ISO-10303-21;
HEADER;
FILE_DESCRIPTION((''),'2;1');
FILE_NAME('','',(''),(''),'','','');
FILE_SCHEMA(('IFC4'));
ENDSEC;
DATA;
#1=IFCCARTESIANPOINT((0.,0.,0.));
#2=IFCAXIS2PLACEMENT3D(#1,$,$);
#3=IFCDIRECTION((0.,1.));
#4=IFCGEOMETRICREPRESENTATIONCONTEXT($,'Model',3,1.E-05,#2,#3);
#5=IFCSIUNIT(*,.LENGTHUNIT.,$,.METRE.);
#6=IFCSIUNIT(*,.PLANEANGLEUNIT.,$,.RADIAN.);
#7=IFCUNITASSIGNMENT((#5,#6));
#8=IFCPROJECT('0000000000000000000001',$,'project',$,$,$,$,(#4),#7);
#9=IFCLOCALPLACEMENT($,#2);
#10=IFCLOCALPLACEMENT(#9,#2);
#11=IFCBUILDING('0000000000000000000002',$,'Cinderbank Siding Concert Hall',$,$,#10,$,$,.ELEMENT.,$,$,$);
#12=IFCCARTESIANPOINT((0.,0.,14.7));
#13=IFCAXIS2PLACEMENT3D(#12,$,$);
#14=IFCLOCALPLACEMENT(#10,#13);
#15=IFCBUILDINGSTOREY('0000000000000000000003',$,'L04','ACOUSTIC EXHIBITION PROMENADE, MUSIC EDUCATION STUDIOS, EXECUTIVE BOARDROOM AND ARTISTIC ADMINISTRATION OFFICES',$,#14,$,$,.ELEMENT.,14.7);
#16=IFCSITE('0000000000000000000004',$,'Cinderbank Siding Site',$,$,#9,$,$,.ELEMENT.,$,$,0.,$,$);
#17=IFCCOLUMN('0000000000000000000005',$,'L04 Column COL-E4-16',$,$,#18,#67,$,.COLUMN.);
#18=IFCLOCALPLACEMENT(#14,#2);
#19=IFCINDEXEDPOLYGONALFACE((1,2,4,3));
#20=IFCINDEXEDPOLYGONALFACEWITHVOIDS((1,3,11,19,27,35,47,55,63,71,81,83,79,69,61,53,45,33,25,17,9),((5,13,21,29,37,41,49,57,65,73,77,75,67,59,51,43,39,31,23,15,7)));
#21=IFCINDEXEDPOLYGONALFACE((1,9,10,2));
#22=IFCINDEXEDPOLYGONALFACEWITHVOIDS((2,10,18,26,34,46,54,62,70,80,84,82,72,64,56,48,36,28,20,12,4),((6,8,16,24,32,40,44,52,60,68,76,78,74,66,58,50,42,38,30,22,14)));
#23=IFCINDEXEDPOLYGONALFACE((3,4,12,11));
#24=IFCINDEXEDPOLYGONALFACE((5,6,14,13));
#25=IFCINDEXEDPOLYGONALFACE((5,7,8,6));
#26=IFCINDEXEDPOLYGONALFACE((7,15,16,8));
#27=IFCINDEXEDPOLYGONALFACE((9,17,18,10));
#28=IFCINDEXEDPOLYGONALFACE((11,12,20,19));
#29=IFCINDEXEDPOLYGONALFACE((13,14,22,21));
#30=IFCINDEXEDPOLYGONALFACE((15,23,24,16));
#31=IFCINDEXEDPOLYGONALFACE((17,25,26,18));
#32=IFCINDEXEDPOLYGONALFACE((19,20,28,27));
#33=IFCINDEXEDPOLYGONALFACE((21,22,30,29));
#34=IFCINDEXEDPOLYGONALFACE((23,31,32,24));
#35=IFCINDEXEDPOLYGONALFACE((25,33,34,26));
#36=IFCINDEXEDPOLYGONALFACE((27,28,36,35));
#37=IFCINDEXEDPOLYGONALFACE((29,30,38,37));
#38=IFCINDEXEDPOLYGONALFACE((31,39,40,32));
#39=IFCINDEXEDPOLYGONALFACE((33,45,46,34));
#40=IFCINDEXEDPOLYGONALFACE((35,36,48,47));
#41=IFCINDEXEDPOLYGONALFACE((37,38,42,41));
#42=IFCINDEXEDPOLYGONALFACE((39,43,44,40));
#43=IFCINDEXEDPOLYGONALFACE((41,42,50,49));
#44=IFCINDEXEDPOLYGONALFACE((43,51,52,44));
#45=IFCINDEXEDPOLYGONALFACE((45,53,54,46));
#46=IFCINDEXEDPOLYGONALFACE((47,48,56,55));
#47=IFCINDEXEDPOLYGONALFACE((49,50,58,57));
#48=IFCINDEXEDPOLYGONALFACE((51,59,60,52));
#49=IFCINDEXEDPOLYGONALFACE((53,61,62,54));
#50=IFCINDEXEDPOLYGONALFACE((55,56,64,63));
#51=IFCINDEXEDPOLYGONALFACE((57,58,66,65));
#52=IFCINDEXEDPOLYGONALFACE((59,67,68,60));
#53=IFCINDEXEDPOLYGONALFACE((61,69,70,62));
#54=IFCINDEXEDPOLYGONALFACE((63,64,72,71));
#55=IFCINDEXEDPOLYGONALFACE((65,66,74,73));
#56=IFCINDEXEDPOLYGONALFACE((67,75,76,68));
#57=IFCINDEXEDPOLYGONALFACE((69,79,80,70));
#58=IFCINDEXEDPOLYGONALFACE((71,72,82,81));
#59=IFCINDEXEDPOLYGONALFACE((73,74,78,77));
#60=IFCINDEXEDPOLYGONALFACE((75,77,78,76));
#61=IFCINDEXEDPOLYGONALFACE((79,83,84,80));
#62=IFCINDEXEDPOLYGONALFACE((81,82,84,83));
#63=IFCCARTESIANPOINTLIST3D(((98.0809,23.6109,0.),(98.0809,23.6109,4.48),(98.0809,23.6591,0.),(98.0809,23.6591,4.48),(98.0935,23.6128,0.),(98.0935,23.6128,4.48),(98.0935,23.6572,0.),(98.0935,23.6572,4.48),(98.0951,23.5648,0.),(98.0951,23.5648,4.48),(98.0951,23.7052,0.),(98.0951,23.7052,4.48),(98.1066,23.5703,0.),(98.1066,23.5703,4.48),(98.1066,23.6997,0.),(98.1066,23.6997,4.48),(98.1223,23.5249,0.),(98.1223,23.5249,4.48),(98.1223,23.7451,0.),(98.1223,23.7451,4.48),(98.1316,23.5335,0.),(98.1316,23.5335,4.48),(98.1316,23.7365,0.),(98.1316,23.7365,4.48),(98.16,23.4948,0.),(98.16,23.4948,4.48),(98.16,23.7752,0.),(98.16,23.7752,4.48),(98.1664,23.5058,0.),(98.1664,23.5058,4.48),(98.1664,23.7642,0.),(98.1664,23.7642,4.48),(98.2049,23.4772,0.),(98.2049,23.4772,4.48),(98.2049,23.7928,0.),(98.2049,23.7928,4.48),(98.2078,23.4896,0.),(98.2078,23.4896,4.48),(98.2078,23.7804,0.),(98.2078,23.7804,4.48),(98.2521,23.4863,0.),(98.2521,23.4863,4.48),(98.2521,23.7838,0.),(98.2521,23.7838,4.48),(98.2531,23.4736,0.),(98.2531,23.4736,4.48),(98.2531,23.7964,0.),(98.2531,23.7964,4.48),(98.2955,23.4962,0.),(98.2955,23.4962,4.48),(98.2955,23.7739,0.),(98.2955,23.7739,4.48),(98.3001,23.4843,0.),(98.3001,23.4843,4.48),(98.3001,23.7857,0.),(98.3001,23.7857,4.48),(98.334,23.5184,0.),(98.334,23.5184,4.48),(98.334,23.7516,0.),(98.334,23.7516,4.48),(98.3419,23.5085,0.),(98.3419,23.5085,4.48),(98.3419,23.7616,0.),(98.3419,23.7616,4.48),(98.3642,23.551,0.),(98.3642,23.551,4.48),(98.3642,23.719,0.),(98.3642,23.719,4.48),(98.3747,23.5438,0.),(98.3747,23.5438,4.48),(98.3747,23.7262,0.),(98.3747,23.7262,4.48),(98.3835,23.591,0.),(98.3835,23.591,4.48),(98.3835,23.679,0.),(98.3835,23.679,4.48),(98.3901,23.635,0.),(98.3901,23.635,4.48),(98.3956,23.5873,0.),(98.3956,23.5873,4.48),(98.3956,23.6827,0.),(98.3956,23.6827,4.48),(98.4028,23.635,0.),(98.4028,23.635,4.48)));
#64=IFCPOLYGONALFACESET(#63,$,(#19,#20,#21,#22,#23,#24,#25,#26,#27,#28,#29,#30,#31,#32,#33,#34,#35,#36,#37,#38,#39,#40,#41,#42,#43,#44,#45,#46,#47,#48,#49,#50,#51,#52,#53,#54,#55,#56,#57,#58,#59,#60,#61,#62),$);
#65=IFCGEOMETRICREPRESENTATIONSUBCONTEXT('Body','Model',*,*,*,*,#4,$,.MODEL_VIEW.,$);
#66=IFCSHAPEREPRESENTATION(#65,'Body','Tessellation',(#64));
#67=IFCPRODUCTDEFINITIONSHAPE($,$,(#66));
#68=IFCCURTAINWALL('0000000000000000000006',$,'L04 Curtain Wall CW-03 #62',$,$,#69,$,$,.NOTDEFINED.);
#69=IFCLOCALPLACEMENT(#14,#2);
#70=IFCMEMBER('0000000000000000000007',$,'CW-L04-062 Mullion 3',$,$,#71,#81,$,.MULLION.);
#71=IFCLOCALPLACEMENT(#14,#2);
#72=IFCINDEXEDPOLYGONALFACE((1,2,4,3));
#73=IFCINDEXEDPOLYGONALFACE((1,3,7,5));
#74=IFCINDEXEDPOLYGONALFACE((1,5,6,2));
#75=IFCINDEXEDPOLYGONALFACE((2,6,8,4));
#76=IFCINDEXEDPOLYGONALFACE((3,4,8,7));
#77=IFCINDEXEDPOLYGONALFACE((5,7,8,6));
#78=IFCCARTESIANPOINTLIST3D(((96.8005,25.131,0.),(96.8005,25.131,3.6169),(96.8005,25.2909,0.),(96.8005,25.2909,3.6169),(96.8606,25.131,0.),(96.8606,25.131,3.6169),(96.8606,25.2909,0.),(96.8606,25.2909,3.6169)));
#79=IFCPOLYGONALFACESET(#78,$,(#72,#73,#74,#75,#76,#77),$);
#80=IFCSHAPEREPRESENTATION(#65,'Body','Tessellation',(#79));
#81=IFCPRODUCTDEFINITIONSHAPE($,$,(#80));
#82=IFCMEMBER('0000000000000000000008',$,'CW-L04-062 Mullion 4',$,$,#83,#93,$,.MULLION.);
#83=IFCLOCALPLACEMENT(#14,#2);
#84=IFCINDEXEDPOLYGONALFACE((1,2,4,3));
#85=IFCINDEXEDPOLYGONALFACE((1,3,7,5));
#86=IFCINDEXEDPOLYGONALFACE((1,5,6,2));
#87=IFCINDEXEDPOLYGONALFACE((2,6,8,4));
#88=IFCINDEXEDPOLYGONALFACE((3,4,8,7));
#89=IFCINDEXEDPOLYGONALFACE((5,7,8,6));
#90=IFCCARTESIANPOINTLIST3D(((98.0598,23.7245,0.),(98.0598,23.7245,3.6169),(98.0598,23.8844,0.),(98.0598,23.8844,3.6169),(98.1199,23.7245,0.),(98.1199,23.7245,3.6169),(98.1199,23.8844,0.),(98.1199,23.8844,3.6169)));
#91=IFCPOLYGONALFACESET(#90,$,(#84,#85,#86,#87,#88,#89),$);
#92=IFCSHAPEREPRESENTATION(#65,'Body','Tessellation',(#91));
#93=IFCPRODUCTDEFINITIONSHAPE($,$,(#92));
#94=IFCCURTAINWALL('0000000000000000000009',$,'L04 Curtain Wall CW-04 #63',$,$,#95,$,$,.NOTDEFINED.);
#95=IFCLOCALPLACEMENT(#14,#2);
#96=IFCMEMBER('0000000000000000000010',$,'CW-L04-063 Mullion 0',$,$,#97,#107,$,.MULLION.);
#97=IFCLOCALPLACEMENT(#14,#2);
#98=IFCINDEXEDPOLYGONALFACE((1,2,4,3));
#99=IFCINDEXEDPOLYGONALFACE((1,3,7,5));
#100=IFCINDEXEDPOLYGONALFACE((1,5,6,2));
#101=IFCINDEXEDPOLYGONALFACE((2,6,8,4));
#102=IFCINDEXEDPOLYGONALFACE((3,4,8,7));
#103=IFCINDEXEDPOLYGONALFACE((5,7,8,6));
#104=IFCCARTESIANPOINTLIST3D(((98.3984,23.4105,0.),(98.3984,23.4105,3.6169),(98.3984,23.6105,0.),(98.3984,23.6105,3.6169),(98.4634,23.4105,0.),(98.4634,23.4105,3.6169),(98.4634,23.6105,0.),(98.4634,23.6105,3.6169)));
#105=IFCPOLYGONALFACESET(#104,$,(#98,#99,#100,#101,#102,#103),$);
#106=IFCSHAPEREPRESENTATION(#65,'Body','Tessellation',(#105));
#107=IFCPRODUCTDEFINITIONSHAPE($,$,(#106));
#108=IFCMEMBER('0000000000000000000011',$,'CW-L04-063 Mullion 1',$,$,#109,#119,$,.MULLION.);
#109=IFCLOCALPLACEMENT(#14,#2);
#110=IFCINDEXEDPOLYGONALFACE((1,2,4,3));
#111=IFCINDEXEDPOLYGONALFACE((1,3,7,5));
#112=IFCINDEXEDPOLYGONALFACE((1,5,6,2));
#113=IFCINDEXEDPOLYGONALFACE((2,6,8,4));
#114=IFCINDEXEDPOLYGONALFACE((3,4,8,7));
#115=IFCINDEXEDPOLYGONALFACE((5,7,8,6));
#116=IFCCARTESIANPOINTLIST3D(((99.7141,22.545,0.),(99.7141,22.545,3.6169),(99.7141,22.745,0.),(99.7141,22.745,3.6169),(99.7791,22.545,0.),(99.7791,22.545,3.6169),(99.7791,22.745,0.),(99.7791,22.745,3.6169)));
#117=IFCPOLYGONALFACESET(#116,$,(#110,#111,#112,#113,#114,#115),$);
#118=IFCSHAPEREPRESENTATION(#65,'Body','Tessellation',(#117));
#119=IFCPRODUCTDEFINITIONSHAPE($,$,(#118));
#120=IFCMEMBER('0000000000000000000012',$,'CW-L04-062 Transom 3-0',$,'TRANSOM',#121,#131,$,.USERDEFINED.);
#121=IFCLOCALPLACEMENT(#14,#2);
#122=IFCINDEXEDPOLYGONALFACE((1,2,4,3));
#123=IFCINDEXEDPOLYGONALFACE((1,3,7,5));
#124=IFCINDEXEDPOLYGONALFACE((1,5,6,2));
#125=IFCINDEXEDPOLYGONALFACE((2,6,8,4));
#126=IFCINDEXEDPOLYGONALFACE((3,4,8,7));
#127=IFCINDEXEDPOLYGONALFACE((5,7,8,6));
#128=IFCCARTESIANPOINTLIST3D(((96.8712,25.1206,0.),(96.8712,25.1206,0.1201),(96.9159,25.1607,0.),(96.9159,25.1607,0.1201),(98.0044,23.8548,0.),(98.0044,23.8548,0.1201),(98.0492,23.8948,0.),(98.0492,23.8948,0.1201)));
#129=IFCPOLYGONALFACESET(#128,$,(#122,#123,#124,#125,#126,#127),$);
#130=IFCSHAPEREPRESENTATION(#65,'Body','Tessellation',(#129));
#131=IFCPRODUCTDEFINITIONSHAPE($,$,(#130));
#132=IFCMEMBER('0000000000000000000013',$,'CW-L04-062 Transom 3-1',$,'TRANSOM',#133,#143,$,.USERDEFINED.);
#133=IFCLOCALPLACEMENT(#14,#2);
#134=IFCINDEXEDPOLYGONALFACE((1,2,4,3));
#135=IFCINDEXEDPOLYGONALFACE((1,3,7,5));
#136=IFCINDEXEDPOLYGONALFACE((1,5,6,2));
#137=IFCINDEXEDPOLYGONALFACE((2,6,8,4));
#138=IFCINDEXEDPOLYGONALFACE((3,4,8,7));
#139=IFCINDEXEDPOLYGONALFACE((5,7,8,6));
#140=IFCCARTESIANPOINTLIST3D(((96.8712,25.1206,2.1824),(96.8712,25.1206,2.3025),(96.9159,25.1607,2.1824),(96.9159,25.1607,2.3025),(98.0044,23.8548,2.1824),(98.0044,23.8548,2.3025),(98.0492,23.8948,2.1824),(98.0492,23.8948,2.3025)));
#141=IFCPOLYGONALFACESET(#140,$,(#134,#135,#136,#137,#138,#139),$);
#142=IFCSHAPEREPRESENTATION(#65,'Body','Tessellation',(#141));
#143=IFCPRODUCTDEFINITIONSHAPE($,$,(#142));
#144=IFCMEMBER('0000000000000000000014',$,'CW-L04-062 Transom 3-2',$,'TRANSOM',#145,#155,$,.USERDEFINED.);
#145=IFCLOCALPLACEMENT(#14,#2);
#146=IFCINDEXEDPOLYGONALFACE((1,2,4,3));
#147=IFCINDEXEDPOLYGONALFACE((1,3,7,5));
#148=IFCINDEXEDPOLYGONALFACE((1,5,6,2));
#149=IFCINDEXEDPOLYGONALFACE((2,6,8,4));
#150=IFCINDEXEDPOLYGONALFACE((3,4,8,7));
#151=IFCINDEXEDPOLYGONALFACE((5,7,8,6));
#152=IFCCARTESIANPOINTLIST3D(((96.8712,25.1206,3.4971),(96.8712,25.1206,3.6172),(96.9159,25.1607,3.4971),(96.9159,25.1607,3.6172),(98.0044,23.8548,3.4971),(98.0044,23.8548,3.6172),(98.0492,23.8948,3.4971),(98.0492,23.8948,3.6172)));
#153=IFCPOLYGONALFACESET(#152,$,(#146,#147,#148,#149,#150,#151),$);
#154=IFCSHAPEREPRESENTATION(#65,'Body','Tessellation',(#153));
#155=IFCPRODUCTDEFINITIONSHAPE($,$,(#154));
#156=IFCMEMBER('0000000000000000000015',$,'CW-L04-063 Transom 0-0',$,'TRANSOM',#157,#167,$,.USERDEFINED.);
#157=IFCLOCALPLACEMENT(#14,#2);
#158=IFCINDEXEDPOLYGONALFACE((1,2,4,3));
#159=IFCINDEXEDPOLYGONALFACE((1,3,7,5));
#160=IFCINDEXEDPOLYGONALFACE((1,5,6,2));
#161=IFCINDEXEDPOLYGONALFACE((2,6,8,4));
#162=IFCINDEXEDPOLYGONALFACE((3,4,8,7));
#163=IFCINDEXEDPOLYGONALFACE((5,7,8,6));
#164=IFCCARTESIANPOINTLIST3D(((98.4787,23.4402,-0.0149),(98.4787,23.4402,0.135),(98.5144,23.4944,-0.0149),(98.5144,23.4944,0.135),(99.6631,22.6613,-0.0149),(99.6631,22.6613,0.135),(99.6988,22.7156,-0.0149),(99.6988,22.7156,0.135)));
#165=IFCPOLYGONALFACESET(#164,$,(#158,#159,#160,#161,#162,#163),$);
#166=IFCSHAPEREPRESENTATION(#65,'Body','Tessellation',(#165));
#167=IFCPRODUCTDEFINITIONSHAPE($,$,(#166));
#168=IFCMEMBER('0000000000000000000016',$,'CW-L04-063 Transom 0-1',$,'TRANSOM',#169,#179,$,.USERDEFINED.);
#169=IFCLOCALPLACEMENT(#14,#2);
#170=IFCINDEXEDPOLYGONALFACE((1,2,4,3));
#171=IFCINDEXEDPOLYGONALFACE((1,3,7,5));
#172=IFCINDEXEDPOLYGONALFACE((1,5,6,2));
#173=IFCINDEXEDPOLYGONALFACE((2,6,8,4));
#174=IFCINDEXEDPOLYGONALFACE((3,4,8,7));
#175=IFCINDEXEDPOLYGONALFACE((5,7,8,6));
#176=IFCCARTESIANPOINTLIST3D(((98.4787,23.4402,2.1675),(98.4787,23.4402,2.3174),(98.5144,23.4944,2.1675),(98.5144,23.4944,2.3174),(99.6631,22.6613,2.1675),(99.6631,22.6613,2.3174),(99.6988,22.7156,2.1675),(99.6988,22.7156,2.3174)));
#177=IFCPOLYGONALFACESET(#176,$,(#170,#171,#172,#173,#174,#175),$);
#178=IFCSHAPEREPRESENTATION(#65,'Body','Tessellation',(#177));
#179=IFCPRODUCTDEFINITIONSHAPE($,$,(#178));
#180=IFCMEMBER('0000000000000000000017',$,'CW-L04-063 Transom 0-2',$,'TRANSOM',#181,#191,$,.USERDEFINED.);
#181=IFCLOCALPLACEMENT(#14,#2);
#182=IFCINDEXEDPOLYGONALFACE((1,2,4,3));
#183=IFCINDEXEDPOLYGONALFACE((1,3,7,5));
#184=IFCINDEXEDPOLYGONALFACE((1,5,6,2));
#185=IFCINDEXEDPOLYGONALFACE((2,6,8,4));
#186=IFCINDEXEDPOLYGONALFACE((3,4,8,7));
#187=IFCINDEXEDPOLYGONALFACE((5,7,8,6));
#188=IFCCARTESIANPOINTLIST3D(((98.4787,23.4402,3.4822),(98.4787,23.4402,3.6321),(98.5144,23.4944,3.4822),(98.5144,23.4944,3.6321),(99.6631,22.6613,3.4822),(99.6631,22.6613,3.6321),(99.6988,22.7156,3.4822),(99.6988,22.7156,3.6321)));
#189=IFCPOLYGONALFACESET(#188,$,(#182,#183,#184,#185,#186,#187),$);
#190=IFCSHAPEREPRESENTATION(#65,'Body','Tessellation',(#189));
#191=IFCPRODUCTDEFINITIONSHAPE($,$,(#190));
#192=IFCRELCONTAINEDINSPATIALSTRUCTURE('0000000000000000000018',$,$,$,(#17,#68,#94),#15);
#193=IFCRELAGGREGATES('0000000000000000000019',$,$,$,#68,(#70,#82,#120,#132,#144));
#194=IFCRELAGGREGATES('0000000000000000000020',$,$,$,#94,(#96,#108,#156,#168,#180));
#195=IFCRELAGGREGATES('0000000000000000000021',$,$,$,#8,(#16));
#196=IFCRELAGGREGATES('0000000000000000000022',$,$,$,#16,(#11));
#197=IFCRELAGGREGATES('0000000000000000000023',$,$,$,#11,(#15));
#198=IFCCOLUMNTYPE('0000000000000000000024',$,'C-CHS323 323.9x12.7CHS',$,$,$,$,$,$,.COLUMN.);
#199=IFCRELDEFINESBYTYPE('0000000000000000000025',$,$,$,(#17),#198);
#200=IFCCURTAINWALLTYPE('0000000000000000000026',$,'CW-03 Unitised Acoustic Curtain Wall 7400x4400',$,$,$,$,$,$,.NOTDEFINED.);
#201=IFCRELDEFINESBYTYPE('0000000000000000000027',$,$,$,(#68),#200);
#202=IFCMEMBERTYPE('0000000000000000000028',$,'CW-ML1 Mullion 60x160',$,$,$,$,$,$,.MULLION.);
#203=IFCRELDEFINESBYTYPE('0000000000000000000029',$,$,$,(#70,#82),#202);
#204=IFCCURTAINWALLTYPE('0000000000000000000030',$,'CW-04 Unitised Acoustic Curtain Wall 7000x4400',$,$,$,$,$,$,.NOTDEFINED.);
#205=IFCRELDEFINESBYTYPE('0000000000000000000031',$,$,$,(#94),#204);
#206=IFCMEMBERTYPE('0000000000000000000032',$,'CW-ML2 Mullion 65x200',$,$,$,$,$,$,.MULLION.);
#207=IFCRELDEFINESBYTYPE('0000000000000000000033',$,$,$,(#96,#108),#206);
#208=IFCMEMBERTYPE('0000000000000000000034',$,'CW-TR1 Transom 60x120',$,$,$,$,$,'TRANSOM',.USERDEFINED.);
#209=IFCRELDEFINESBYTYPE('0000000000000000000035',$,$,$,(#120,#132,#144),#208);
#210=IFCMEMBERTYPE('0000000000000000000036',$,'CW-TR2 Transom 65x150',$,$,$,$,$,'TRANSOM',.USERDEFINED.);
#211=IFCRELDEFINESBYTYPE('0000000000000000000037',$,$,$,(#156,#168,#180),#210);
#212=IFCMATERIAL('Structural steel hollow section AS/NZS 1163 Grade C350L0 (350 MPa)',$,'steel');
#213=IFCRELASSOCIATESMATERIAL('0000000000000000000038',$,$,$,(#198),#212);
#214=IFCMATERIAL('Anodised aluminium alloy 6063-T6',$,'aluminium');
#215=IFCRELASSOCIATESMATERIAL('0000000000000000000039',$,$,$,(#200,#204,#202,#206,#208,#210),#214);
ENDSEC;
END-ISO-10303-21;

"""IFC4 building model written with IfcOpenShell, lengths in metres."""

from ifc_helpers import new_model, si_unit, direction, frame, origin, origin_2d, place, context, subcontext, project, spatial, rectangle, hollow_circle, extrude, material, material_profile, profile_set, type_object, element, aggregate, save


model = new_model("IFC4")

# Units and contexts
model_context = context("Model", 3, precision=1e-05, world=origin(), true_north=direction((0.0, 1.0)))
body_context = subcontext(model_context, "Body", "Model", "MODEL_VIEW")
ifc_project = project(units=[si_unit("LENGTHUNIT", "METRE"), si_unit("PLANEANGLEUNIT", "RADIAN")], contexts=[model_context])

# Site, building, storey
site_placement = place(None, origin())
site = spatial("IfcSite", under=ifc_project, at=site_placement, Name="Cinderbank Siding Site", CompositionType="ELEMENT", RefElevation=0.0)
building_placement = place(site_placement, origin())
building = spatial("IfcBuilding", under=site, at=building_placement, Name="Cinderbank Siding Concert Hall", CompositionType="ELEMENT")
storey_placement = place(building_placement, frame((0.0, 0.0, 14.7)))
storey = spatial("IfcBuildingStorey", under=building, at=storey_placement, Name="L04", Description="ACOUSTIC EXHIBITION PROMENADE, MUSIC EDUCATION STUDIOS, EXECUTIVE BOARDROOM AND ARTISTIC ADMINISTRATION OFFICES", CompositionType="ELEMENT", Elevation=14.7)

# Column
ifc_material_1 = material(Name="Structural steel hollow section AS/NZS 1163 Grade C350L0 (350 MPa)", Category="steel")
ifc_material_profile_1 = material_profile(ifc_material_1, hollow_circle(Radius=0.1619, WallThickness=0.0127, at=origin_2d()), Name="323.9x12.7CHS", Category="LoadBearing")
ifc_profile_set_1 = profile_set([ifc_material_profile_1], Name="Structural steel hollow section AS/NZS 1163 Grade C350L0 (350 MPa)")
column_type = type_object("IfcColumnType", Name="C-CHS323 323.9x12.7CHS", PredefinedType="COLUMN", material=ifc_profile_set_1)
column_placement = place(storey_placement, frame((98.241, 23.635, 0.0), z_axis=(0.0, 0.0, 1.0), x_axis=(1.0, 0.0, 0.0)))
element("IfcColumn", 1, at=column_placement, inside=storey, type_object=column_type, Name="L04 Column COL-E4-16", PredefinedType="COLUMN", context=body_context, shape_type="SweptSolid", body=[
    extrude(hollow_circle(Radius=0.1619, WallThickness=0.0127, at=origin_2d()), origin(), (0.0, 0.0, 1.0), 4.48),
])

# Curtain walls, members
ifc_material_2 = material(Name="Anodised aluminium alloy 6063-T6", Category="aluminium")
curtain_wall_type_1 = type_object("IfcCurtainWallType", Name="CW-03 Unitised Acoustic Curtain Wall 7400x4400", PredefinedType="NOTDEFINED", material=ifc_material_2)
curtain_wall_1_placement = place(storey_placement, origin())
curtain_wall_1 = element("IfcCurtainWall", 2, at=curtain_wall_1_placement, inside=storey, type_object=curtain_wall_type_1, Name="L04 Curtain Wall CW-03 #62", PredefinedType="NOTDEFINED")
ifc_material_profile_2 = material_profile(ifc_material_2, rectangle(XDim=0.0601, YDim=0.1599, at=origin_2d()), Name="ALU-MULL-60x160", Category="LoadBearing")
ifc_profile_set_2 = profile_set([ifc_material_profile_2], Name="Anodised aluminium alloy 6063-T6")
member_type_1 = type_object("IfcMemberType", Name="CW-ML1 Mullion 60x160", PredefinedType="MULLION", material=ifc_profile_set_2)
member_1_placement = place(storey_placement, frame((96.8306, 25.2109, 0.0), z_axis=(0.0, 0.0, 1.0), x_axis=(1.0, 0.0, 0.0)))
member_1 = element("IfcMember", 3, at=member_1_placement, type_object=member_type_1, Name="CW-L04-062 Mullion 3", PredefinedType="MULLION", context=body_context, shape_type="SweptSolid", body=[
    extrude(rectangle(XDim=0.0601, YDim=0.1599, at=origin_2d()), origin(), (0.0, 0.0, 1.0), 3.6169),
])
member_2_placement = place(storey_placement, frame((98.0898, 23.8044, 0.0), z_axis=(0.0, 0.0, 1.0), x_axis=(1.0, 0.0, 0.0)))
member_2 = element("IfcMember", 4, at=member_2_placement, type_object=member_type_1, Name="CW-L04-062 Mullion 4", PredefinedType="MULLION", context=body_context, shape_type="SweptSolid", body=[
    extrude(rectangle(XDim=0.0601, YDim=0.1599, at=origin_2d()), origin(), (0.0, 0.0, 1.0), 3.6169),
])
curtain_wall_type_2 = type_object("IfcCurtainWallType", Name="CW-04 Unitised Acoustic Curtain Wall 7000x4400", PredefinedType="NOTDEFINED", material=ifc_material_2)
curtain_wall_2_placement = place(storey_placement, origin())
curtain_wall_2 = element("IfcCurtainWall", 5, at=curtain_wall_2_placement, inside=storey, type_object=curtain_wall_type_2, Name="L04 Curtain Wall CW-04 #63", PredefinedType="NOTDEFINED")
ifc_material_profile_3 = material_profile(ifc_material_2, rectangle(XDim=0.0649, YDim=0.2, at=origin_2d()), Name="ALU-MULL-65x200", Category="LoadBearing")
ifc_profile_set_3 = profile_set([ifc_material_profile_3], Name="Anodised aluminium alloy 6063-T6")
member_type_2 = type_object("IfcMemberType", Name="CW-ML2 Mullion 65x200", PredefinedType="MULLION", material=ifc_profile_set_3)
member_3_placement = place(storey_placement, frame((98.4309, 23.5105, 0.0), z_axis=(0.0, 0.0, 1.0), x_axis=(1.0, 0.0, 0.0)))
member_3 = element("IfcMember", 6, at=member_3_placement, type_object=member_type_2, Name="CW-L04-063 Mullion 0", PredefinedType="MULLION", context=body_context, shape_type="SweptSolid", body=[
    extrude(rectangle(XDim=0.0649, YDim=0.2, at=origin_2d()), origin(), (0.0, 0.0, 1.0), 3.6169),
])
member_4_placement = place(storey_placement, frame((99.7466, 22.645, 0.0), z_axis=(0.0, 0.0, 1.0), x_axis=(1.0, 0.0, 0.0)))
member_4 = element("IfcMember", 7, at=member_4_placement, type_object=member_type_2, Name="CW-L04-063 Mullion 1", PredefinedType="MULLION", context=body_context, shape_type="SweptSolid", body=[
    extrude(rectangle(XDim=0.0649, YDim=0.2, at=origin_2d()), origin(), (0.0, 0.0, 1.0), 3.6169),
])

# Members
ifc_material_profile_4 = material_profile(ifc_material_2, rectangle(XDim=0.0601, YDim=0.1201, at=origin_2d()), Name="ALU-TRAN-60x120", Category="LoadBearing")
ifc_profile_set_4 = profile_set([ifc_material_profile_4], Name="Anodised aluminium alloy 6063-T6")
member_type_3 = type_object("IfcMemberType", Name="CW-TR1 Transom 60x120", ElementType="TRANSOM", PredefinedType="USERDEFINED", material=ifc_profile_set_4)
member_5_placement = place(storey_placement, frame((96.8936, 25.1406, 0.0601), z_axis=(0.667017, -0.745042, 0.0), x_axis=(0.745042, 0.667017, 0.0)))
member_5 = element("IfcMember", 8, at=member_5_placement, type_object=member_type_3, Name="CW-L04-062 Transom 3-0", ObjectType="TRANSOM", PredefinedType="USERDEFINED", context=body_context, shape_type="SweptSolid", body=[
    extrude(rectangle(XDim=0.0601, YDim=0.1201, at=origin_2d()), origin(), (0.0, 0.0, 1.0), 1.699),
])
member_6_placement = place(storey_placement, frame((96.8936, 25.1406, 2.2424), z_axis=(0.667017, -0.745042, 0.0), x_axis=(0.745042, 0.667017, 0.0)))
member_6 = element("IfcMember", 9, at=member_6_placement, type_object=member_type_3, Name="CW-L04-062 Transom 3-1", ObjectType="TRANSOM", PredefinedType="USERDEFINED", context=body_context, shape_type="SweptSolid", body=[
    extrude(rectangle(XDim=0.0601, YDim=0.1201, at=origin_2d()), origin(), (0.0, 0.0, 1.0), 1.699),
])
member_7_placement = place(storey_placement, frame((96.8936, 25.1406, 3.5571), z_axis=(0.667017, -0.745042, 0.0), x_axis=(0.745042, 0.667017, 0.0)))
member_7 = element("IfcMember", 10, at=member_7_placement, type_object=member_type_3, Name="CW-L04-062 Transom 3-2", ObjectType="TRANSOM", PredefinedType="USERDEFINED", context=body_context, shape_type="SweptSolid", body=[
    extrude(rectangle(XDim=0.0601, YDim=0.1201, at=origin_2d()), origin(), (0.0, 0.0, 1.0), 1.699),
])
ifc_material_profile_5 = material_profile(ifc_material_2, rectangle(XDim=0.0649, YDim=0.1499, at=origin_2d()), Name="ALU-TRAN-65x150", Category="LoadBearing")
ifc_profile_set_5 = profile_set([ifc_material_profile_5], Name="Anodised aluminium alloy 6063-T6")
member_type_4 = type_object("IfcMemberType", Name="CW-TR2 Transom 65x150", ElementType="TRANSOM", PredefinedType="USERDEFINED", material=ifc_profile_set_5)
member_8_placement = place(storey_placement, frame((98.4966, 23.4673, 0.0601), z_axis=(0.835532, -0.549443, 0.0), x_axis=(0.549443, 0.835532, 0.0)))
member_8 = element("IfcMember", 11, at=member_8_placement, type_object=member_type_4, Name="CW-L04-063 Transom 0-0", ObjectType="TRANSOM", PredefinedType="USERDEFINED", context=body_context, shape_type="SweptSolid", body=[
    extrude(rectangle(XDim=0.0649, YDim=0.1499, at=origin_2d()), origin(), (0.0, 0.0, 1.0), 1.4175),
])
member_9_placement = place(storey_placement, frame((98.4966, 23.4673, 2.2424), z_axis=(0.835532, -0.549443, 0.0), x_axis=(0.549443, 0.835532, 0.0)))
member_9 = element("IfcMember", 12, at=member_9_placement, type_object=member_type_4, Name="CW-L04-063 Transom 0-1", ObjectType="TRANSOM", PredefinedType="USERDEFINED", context=body_context, shape_type="SweptSolid", body=[
    extrude(rectangle(XDim=0.0649, YDim=0.1499, at=origin_2d()), origin(), (0.0, 0.0, 1.0), 1.4175),
])
member_10_placement = place(storey_placement, frame((98.4966, 23.4673, 3.5571), z_axis=(0.835532, -0.549443, 0.0), x_axis=(0.549443, 0.835532, 0.0)))
member_10 = element("IfcMember", 13, at=member_10_placement, type_object=member_type_4, Name="CW-L04-063 Transom 0-2", ObjectType="TRANSOM", PredefinedType="USERDEFINED", context=body_context, shape_type="SweptSolid", body=[
    extrude(rectangle(XDim=0.0649, YDim=0.1499, at=origin_2d()), origin(), (0.0, 0.0, 1.0), 1.4175),
])

aggregate(curtain_wall_1, [member_1, member_2, member_5, member_6, member_7])
aggregate(curtain_wall_2, [member_3, member_4, member_8, member_9, member_10])

save(model, "model.ifc")
